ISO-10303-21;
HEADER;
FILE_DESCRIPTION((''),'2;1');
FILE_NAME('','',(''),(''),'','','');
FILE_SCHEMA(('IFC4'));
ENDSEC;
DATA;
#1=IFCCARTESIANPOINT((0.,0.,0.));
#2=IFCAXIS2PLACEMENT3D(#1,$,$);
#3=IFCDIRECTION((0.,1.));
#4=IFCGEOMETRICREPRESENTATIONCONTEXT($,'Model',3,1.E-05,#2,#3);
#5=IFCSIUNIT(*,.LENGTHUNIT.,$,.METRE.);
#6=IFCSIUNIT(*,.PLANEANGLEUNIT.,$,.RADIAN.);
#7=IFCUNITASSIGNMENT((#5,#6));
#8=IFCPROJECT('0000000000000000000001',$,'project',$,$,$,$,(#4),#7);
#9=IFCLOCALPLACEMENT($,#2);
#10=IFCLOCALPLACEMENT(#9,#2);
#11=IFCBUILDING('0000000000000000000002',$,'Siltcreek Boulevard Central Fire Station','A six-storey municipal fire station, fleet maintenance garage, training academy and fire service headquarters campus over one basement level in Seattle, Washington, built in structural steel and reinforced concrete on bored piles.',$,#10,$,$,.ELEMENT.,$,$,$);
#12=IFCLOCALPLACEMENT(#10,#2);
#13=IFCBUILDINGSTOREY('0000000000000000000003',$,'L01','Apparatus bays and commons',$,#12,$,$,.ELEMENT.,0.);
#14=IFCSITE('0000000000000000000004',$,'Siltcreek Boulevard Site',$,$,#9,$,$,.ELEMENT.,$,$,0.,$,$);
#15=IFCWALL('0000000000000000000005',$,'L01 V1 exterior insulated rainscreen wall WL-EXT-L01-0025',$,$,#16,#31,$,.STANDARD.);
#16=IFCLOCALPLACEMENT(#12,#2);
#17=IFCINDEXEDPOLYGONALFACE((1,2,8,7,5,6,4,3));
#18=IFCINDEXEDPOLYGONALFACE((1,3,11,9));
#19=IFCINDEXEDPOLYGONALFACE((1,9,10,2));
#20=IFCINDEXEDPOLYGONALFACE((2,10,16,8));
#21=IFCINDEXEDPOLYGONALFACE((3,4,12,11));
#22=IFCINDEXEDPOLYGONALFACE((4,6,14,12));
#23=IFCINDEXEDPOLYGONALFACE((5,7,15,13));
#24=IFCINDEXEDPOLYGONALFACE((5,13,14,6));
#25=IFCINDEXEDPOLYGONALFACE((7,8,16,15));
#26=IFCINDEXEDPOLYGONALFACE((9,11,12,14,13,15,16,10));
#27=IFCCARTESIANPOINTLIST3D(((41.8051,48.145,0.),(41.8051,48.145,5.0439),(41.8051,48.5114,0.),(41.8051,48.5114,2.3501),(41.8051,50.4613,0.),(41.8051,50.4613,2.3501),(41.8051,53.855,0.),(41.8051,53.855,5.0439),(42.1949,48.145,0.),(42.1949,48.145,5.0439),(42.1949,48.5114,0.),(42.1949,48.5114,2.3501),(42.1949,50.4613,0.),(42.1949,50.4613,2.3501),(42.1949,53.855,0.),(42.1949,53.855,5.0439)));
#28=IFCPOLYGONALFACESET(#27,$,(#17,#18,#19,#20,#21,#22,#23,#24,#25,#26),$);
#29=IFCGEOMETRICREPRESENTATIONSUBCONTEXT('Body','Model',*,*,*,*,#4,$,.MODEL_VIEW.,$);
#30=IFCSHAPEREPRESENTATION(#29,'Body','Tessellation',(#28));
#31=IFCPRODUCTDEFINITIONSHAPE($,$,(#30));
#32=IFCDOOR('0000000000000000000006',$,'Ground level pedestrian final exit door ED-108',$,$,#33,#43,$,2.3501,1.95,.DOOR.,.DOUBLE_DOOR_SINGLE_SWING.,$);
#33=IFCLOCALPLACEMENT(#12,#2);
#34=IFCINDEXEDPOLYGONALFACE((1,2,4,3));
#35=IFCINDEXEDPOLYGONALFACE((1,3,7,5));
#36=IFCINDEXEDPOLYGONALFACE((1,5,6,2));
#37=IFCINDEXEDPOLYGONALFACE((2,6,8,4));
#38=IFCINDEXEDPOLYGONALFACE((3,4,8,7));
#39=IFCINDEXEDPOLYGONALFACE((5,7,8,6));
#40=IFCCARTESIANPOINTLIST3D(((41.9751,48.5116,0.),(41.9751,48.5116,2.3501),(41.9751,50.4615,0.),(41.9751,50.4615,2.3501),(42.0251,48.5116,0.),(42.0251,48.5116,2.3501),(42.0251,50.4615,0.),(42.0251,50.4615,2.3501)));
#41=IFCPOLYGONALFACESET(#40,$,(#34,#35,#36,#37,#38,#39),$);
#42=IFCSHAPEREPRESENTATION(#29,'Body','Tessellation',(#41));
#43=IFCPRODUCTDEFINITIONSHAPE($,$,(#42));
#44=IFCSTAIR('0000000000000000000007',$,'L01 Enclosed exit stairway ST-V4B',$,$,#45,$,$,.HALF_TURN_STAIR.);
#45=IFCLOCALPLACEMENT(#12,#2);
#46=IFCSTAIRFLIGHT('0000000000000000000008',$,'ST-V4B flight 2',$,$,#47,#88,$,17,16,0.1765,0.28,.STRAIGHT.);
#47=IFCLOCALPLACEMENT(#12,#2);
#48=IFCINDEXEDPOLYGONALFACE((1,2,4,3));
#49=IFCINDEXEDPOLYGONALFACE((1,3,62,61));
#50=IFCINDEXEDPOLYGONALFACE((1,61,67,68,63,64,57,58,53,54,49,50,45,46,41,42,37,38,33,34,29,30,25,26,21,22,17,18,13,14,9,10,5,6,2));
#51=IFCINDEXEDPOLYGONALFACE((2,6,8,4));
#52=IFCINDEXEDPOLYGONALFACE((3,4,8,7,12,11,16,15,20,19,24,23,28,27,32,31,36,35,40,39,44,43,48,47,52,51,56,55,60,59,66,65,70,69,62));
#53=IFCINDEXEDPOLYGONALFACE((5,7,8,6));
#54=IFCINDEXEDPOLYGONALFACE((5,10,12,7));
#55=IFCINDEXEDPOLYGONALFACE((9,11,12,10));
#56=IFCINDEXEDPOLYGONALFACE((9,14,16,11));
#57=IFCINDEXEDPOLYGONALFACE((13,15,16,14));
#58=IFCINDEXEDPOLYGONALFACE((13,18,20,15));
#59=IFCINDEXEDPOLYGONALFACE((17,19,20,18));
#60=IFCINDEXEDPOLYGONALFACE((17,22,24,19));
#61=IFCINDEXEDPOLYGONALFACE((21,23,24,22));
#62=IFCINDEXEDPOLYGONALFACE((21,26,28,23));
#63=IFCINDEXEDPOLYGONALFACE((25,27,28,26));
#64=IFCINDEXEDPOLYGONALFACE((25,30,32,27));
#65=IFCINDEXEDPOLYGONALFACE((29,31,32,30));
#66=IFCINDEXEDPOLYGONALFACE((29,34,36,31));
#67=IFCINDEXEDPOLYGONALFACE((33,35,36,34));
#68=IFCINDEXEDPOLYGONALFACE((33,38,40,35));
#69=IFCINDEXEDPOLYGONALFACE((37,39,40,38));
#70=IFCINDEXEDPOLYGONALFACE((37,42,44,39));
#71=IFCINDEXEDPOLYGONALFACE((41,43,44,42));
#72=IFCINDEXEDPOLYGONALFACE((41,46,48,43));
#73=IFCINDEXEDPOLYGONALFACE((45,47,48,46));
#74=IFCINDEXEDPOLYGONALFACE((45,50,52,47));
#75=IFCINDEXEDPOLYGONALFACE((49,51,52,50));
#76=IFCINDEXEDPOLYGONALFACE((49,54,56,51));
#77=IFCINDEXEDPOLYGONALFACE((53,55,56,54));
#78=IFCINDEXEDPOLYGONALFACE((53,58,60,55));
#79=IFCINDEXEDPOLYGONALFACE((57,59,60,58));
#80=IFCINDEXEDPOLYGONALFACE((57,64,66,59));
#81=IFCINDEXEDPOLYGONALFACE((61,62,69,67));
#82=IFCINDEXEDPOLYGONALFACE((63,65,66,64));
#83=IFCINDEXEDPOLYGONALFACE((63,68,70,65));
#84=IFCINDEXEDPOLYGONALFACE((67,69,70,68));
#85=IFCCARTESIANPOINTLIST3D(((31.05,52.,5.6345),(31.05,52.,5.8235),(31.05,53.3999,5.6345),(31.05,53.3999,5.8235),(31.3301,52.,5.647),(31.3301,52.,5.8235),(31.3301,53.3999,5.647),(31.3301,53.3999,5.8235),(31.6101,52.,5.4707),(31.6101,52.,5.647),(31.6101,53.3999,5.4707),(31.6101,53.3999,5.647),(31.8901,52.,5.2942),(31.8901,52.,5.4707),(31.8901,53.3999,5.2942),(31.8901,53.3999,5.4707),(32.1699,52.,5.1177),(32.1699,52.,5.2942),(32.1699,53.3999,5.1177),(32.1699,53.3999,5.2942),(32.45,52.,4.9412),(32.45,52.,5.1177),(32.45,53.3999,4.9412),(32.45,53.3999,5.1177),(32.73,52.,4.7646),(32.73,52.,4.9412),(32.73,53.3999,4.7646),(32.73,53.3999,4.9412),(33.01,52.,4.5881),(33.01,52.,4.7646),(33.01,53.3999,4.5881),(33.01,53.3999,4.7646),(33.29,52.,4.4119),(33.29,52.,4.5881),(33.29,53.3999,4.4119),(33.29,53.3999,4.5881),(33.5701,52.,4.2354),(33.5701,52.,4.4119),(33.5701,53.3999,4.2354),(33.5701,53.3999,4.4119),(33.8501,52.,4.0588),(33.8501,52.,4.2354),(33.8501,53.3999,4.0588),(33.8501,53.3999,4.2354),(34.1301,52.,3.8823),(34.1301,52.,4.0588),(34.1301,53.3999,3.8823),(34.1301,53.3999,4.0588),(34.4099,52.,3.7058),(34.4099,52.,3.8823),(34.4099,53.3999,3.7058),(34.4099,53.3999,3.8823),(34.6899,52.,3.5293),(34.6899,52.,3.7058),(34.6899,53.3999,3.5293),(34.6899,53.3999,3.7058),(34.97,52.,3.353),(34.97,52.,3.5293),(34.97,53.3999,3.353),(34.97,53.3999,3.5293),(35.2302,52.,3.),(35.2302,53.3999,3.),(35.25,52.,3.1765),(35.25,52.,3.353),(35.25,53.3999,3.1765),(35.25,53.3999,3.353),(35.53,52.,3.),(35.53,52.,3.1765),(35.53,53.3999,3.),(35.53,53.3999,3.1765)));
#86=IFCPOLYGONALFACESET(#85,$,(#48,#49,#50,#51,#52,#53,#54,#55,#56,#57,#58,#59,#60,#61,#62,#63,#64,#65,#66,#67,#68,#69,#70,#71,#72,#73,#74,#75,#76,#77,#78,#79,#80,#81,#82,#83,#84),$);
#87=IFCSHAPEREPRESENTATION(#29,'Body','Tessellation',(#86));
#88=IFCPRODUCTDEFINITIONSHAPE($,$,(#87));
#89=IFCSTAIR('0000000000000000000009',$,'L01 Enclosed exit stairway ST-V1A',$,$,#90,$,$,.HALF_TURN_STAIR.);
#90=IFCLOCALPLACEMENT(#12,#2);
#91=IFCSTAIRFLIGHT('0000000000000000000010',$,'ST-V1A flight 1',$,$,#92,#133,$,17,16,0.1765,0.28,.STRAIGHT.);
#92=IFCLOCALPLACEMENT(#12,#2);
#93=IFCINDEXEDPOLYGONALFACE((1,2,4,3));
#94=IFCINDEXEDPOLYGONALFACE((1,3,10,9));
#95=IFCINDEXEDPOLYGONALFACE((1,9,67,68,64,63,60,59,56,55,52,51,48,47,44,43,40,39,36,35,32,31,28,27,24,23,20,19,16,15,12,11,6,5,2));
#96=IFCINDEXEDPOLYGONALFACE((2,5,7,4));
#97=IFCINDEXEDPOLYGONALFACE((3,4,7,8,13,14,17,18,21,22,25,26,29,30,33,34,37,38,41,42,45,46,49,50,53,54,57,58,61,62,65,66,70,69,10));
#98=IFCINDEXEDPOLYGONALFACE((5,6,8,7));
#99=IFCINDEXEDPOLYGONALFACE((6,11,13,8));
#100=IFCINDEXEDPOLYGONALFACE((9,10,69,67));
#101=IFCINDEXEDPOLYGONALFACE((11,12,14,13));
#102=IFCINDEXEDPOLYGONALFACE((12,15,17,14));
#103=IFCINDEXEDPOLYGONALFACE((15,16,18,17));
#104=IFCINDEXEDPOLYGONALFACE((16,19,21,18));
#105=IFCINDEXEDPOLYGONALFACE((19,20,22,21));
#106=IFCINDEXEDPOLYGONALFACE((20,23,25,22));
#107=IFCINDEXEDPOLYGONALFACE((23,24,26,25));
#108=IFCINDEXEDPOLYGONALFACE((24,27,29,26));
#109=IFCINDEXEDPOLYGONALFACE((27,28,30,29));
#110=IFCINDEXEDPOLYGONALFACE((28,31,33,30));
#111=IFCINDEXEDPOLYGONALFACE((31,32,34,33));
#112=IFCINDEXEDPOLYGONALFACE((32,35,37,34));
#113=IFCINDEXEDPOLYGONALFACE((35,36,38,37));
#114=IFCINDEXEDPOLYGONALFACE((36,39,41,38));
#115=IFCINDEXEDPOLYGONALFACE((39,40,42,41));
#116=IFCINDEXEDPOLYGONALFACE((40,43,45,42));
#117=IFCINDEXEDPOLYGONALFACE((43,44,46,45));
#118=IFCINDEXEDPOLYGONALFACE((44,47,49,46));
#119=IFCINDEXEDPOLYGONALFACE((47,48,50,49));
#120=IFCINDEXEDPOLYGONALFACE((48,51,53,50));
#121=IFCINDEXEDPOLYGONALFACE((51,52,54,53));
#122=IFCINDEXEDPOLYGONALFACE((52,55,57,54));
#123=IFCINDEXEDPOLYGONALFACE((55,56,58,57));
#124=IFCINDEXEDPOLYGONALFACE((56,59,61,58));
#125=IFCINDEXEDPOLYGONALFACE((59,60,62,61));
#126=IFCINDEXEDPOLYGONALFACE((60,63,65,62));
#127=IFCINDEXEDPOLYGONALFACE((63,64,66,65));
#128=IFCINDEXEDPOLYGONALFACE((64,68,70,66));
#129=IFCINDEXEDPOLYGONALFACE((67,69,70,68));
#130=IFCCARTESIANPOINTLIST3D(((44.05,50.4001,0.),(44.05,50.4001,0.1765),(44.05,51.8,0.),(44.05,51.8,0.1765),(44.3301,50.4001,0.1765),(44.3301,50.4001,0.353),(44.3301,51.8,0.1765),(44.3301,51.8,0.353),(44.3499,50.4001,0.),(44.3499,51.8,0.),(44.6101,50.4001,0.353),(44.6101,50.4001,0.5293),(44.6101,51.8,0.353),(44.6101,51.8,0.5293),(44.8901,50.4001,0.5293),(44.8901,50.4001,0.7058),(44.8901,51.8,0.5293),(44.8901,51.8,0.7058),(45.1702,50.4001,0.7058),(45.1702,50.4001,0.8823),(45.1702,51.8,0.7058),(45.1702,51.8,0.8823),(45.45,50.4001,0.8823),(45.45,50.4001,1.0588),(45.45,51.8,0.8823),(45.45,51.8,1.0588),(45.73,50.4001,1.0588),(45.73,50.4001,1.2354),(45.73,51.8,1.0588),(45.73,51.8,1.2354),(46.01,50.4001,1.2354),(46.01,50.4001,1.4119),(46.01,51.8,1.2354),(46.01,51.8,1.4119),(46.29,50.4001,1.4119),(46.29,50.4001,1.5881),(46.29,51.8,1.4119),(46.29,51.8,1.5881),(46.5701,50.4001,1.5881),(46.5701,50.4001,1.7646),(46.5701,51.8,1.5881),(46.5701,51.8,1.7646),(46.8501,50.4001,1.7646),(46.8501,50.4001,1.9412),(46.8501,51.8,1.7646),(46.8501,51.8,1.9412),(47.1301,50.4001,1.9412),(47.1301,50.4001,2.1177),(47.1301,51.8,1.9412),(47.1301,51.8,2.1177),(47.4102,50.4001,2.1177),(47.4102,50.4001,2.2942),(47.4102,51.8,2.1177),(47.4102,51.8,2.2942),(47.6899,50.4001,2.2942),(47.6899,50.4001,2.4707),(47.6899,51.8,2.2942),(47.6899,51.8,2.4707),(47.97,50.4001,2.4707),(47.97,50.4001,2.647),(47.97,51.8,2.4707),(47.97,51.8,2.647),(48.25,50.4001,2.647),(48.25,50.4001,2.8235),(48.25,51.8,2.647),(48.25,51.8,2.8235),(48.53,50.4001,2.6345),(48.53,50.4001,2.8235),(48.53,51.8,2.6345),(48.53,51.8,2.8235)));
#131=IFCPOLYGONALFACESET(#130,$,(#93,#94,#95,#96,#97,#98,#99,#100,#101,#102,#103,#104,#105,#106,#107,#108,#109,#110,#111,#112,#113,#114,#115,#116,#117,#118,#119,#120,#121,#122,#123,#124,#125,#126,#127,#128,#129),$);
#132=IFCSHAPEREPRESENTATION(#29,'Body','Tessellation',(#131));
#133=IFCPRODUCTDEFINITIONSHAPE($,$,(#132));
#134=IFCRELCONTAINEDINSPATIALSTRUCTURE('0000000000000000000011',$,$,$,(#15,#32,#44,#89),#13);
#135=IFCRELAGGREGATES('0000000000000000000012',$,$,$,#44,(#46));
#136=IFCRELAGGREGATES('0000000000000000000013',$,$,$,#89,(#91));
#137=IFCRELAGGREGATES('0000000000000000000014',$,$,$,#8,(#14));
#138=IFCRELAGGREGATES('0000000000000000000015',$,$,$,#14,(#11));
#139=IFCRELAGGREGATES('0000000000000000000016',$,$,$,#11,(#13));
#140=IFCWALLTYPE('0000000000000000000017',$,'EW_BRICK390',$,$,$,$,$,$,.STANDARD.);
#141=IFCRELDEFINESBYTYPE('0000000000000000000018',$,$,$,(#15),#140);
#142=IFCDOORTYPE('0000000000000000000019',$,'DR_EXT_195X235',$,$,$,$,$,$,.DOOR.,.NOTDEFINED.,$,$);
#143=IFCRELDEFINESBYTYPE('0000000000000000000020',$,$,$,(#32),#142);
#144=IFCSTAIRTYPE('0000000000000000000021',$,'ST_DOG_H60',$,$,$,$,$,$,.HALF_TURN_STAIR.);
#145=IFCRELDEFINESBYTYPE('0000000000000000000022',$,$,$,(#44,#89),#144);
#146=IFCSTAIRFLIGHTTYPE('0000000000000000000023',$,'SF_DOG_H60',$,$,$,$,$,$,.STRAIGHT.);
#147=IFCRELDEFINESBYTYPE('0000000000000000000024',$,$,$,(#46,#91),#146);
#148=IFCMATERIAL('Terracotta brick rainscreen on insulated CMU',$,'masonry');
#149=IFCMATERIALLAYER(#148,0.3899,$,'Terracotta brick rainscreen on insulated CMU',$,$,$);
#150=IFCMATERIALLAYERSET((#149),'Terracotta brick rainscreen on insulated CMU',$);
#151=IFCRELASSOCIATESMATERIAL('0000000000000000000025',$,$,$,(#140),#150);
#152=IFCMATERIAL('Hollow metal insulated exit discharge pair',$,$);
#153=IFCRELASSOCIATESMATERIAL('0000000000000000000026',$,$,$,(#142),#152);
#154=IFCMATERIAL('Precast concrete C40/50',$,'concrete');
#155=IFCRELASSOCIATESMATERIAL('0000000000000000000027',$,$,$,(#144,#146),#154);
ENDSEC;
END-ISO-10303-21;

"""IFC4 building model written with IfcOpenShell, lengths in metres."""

from ifc_helpers import new_model, si_unit, direction, frame, frame_2d, origin, place, context, subcontext, project, spatial, polyline, rectangle, outline, extrude, material, layer, layer_set, type_object, element, fill, aggregate, save


model = new_model("IFC4")

# Units and contexts
model_context = context("Model", 3, precision=1e-05, world=origin(), true_north=direction((0.0, 1.0)))
body_context = subcontext(model_context, "Body", "Model", "MODEL_VIEW")
ifc_project = project(units=[si_unit("LENGTHUNIT", "METRE"), si_unit("PLANEANGLEUNIT", "RADIAN")], contexts=[model_context])

# Site, building, storey
site_placement = place(None, origin())
site = spatial("IfcSite", under=ifc_project, at=site_placement, Name="Siltcreek Boulevard Site", CompositionType="ELEMENT", RefElevation=0.0)
building_placement = place(site_placement, origin())
building = spatial("IfcBuilding", under=site, at=building_placement, Name="Siltcreek Boulevard Central Fire Station", Description="A six-storey municipal fire station, fleet maintenance garage, training academy and fire service headquarters campus over one basement level in Seattle, Washington, built in structural steel and reinforced concrete on bored piles.", CompositionType="ELEMENT")
storey_placement = place(building_placement, origin())
storey = spatial("IfcBuildingStorey", under=building, at=storey_placement, Name="L01", Description="Apparatus bays and commons", CompositionType="ELEMENT", Elevation=0.0)

# Wall, opening, door
ifc_material_1 = material(Name="Terracotta brick rainscreen on insulated CMU", Category="masonry")
ifc_layer_1 = layer(ifc_material_1, 0.3899, Name="Terracotta brick rainscreen on insulated CMU")
ifc_layer_set_1 = layer_set([ifc_layer_1], Name="Terracotta brick rainscreen on insulated CMU")
wall_type_1 = type_object("IfcWallType", Name="EW_BRICK390", PredefinedType="STANDARD", material=ifc_layer_set_1)
wall_1_placement = place(storey_placement, frame((42.0, 53.855, 0.0), z_axis=(0.0, 0.0, 1.0), x_axis=(0.0, -1.0, 0.0)))
wall_1 = element("IfcWall", 1, at=wall_1_placement, inside=storey, type_object=wall_type_1, Name="L01 V1 exterior insulated rainscreen wall WL-EXT-L01-0025", PredefinedType="STANDARD", context=body_context, shape_type="SweptSolid", body=[
    extrude(rectangle(XDim=5.71, YDim=0.3899, at=frame_2d((2.855, 0.0))), origin(), (0.0, 0.0, 1.0), 5.0439),
])
opening_placement = place(wall_1_placement, frame((3.3936, 0.0, 0.0)))
opening = element("IfcOpeningElement", 2, at=opening_placement, cuts=wall_1, PredefinedType="OPENING", context=body_context, shape_type="SweptSolid", body=[
    extrude(rectangle(XDim=1.95, YDim=2.3501, at=frame_2d((0.9751, 1.175))), frame((0.0, 0.2048, 0.0), z_axis=(0.0, -1.0, 0.0), x_axis=(1.0, 0.0, 0.0)), (0.0, 0.0, 1.0), 0.4099),
])
ifc_material_2 = material(Name="Hollow metal insulated exit discharge pair")
door_type = type_object("IfcDoorType", Name="DR_EXT_195X235", OperationType="NOTDEFINED", PredefinedType="DOOR", material=ifc_material_2)
door_placement = place(opening_placement, frame((1.95, 0.0, 0.0), z_axis=(0.0, 0.0, 1.0), x_axis=(-1.0, 0.0, 0.0)))
door = element("IfcDoor", 3, at=door_placement, inside=storey, type_object=door_type, Name="Ground level pedestrian final exit door ED-108", OperationType="DOUBLE_DOOR_SINGLE_SWING", OverallHeight=2.3501, OverallWidth=1.95, PredefinedType="DOOR", context=body_context, shape_type="SweptSolid", body=[
    extrude(rectangle(XDim=1.95, YDim=2.3501, at=frame_2d((0.9751, 1.175))), frame((0.0, 0.0249, 0.0), z_axis=(0.0, -1.0, 0.0), x_axis=(1.0, 0.0, 0.0)), (0.0, 0.0, 1.0), 0.05),
])
fill(opening, door)

# Stairs, stair flights
ifc_material_3 = material(Name="Precast concrete C40/50", Category="concrete")
stair_type = type_object("IfcStairType", Name="ST_DOG_H60", PredefinedType="HALF_TURN_STAIR", material=ifc_material_3)
stair_1_placement = place(storey_placement, origin())
stair_1 = element("IfcStair", 4, at=stair_1_placement, inside=storey, type_object=stair_type, Name="L01 Enclosed exit stairway ST-V4B", PredefinedType="HALF_TURN_STAIR")
stair_flight_type = type_object("IfcStairFlightType", Name="SF_DOG_H60", PredefinedType="STRAIGHT", material=ifc_material_3)
stair_flight_1_placement = place(storey_placement, frame((35.53, 52.7, 3.0), z_axis=(0.0, 0.0, 1.0), x_axis=(-1.0, 0.0, 0.0)))
stair_flight_1 = element("IfcStairFlight", 5, at=stair_flight_1_placement, type_object=stair_flight_type, Name="ST-V4B flight 2", NumberOfRisers=17, NumberOfTreads=16, PredefinedType="STRAIGHT", RiserHeight=0.1765, TreadLength=0.28, context=body_context, shape_type="SweptSolid", body=[
    extrude(outline(polyline([(0.0, 0.0), (0.0, 0.1765), (0.28, 0.1765), (0.28, 0.353), (0.5601, 0.353), (0.5601, 0.5293), (0.8401, 0.5293), (0.8401, 0.7058), (1.1201, 0.7058), (1.1201, 0.8823), (1.3999, 0.8823), (1.3999, 1.0588), (1.6799, 1.0588), (1.6799, 1.2354), (1.96, 1.2354), (1.96, 1.4119), (2.24, 1.4119), (2.24, 1.5881), (2.52, 1.5881), (2.52, 1.7646), (2.8, 1.7646), (2.8, 1.9412), (3.0801, 1.9412), (3.0801, 2.1177), (3.3601, 2.1177), (3.3601, 2.2942), (3.6399, 2.2942), (3.6399, 2.4707), (3.9199, 2.4707), (3.9199, 2.647), (4.2, 2.647), (4.2, 2.8235), (4.48, 2.8235), (4.48, 3.0), (4.48, 2.6345), (0.2998, 0.0), (0.0, 0.0)])), frame((0.0, 0.7, 0.0), z_axis=(0.0, -1.0, 0.0), x_axis=(1.0, 0.0, 0.0)), (0.0, 0.0, 1.0), 1.3999),
])
aggregate(stair_1, [stair_flight_1])
stair_2_placement = place(storey_placement, origin())
stair_2 = element("IfcStair", 6, at=stair_2_placement, inside=storey, type_object=stair_type, Name="L01 Enclosed exit stairway ST-V1A", PredefinedType="HALF_TURN_STAIR")
stair_flight_2_placement = place(storey_placement, frame((44.05, 51.1001, 0.0), z_axis=(0.0, 0.0, 1.0), x_axis=(1.0, 0.0, 0.0)))
stair_flight_2 = element("IfcStairFlight", 7, at=stair_flight_2_placement, type_object=stair_flight_type, Name="ST-V1A flight 1", NumberOfRisers=17, NumberOfTreads=16, PredefinedType="STRAIGHT", RiserHeight=0.1765, TreadLength=0.28, context=body_context, shape_type="SweptSolid", body=[
    extrude(outline(polyline([(0.0, 0.0), (0.0, 0.1765), (0.28, 0.1765), (0.28, 0.353), (0.5601, 0.353), (0.5601, 0.5293), (0.8401, 0.5293), (0.8401, 0.7058), (1.1201, 0.7058), (1.1201, 0.8823), (1.3999, 0.8823), (1.3999, 1.0588), (1.6799, 1.0588), (1.6799, 1.2354), (1.96, 1.2354), (1.96, 1.4119), (2.24, 1.4119), (2.24, 1.5881), (2.52, 1.5881), (2.52, 1.7646), (2.8, 1.7646), (2.8, 1.9412), (3.0801, 1.9412), (3.0801, 2.1177), (3.3601, 2.1177), (3.3601, 2.2942), (3.6399, 2.2942), (3.6399, 2.4707), (3.9199, 2.4707), (3.9199, 2.647), (4.2, 2.647), (4.2, 2.8235), (4.48, 2.8235), (4.48, 3.0), (4.48, 2.6345), (0.2998, 0.0), (0.0, 0.0)])), frame((0.0, 0.7, 0.0), z_axis=(0.0, -1.0, 0.0), x_axis=(1.0, 0.0, 0.0)), (0.0, 0.0, 1.0), 1.3999),
])
aggregate(stair_2, [stair_flight_2])

save(model, "model.ifc")
